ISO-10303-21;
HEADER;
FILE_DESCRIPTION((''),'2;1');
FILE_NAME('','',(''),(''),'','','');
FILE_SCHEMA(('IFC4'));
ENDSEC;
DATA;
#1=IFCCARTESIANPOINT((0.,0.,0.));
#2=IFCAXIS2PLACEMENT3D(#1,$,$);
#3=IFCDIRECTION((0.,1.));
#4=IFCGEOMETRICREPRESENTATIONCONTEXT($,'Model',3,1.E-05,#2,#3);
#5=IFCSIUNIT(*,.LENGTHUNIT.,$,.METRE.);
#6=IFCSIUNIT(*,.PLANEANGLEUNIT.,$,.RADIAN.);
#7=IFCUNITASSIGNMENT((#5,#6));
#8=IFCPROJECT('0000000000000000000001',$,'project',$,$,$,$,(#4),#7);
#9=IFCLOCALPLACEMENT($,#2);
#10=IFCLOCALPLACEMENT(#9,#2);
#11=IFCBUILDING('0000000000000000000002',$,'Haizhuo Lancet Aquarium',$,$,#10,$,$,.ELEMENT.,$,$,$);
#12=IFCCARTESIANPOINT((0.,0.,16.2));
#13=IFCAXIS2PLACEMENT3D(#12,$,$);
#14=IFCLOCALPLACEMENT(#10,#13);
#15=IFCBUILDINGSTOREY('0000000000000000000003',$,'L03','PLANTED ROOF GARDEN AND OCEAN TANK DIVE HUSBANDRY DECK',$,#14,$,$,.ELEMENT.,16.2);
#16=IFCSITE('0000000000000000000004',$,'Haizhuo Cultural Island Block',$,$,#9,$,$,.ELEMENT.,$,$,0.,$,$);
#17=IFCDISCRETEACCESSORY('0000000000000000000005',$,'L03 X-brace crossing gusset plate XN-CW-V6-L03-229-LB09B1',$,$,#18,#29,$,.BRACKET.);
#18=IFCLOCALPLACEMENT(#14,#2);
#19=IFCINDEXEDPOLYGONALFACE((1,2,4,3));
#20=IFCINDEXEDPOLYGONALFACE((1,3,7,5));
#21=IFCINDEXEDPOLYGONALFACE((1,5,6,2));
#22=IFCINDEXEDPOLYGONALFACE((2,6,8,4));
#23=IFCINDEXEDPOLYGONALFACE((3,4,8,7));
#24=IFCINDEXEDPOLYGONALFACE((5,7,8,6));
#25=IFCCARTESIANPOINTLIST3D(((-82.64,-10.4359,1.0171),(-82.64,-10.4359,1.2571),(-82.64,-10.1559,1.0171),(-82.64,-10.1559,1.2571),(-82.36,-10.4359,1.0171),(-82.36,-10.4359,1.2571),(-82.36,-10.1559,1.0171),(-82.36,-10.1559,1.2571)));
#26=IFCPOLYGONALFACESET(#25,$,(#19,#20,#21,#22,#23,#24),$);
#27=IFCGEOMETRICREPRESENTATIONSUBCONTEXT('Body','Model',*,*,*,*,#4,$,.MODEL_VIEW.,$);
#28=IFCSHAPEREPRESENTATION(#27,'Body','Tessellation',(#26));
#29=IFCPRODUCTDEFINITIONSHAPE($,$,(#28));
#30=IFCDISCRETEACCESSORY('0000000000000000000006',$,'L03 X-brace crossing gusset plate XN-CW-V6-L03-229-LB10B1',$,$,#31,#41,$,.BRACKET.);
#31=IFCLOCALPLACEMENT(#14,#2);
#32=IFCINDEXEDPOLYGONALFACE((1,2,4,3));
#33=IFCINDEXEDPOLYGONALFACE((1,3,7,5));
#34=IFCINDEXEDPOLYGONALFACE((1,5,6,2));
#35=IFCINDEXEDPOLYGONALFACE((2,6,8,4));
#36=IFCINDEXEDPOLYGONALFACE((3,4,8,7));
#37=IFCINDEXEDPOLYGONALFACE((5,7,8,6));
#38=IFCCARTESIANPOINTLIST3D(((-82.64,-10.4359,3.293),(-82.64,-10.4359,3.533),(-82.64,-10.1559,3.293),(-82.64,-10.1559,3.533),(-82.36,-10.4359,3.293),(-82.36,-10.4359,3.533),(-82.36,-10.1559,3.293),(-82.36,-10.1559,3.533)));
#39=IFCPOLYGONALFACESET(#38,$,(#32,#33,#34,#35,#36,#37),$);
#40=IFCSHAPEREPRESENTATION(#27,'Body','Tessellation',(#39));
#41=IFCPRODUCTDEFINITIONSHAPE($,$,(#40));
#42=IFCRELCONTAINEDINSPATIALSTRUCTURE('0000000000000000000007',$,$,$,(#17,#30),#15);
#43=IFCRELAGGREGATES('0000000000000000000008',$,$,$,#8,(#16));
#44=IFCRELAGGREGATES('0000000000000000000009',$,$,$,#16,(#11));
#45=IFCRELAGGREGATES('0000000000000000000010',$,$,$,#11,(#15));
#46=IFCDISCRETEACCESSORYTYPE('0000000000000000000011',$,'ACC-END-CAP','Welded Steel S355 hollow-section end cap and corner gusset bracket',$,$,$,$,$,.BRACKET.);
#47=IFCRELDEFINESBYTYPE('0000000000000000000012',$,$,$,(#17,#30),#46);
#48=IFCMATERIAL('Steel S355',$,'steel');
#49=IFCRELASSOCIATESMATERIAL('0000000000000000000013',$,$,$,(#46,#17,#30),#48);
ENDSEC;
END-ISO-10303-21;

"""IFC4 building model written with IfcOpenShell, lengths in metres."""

from ifc_helpers import new_model, si_unit, direction, frame, origin, origin_2d, place, context, subcontext, project, spatial, rectangle, extrude, material, type_object, element, save


model = new_model("IFC4")

# Units and contexts
model_context = context("Model", 3, precision=1e-05, world=origin(), true_north=direction((0.0, 1.0)))
body_context = subcontext(model_context, "Body", "Model", "MODEL_VIEW")
ifc_project = project(units=[si_unit("LENGTHUNIT", "METRE"), si_unit("PLANEANGLEUNIT", "RADIAN")], contexts=[model_context])

# Site, building, storey
site_placement = place(None, origin())
site = spatial("IfcSite", under=ifc_project, at=site_placement, Name="Haizhuo Cultural Island Block", CompositionType="ELEMENT", RefElevation=0.0)
building_placement = place(site_placement, origin())
building = spatial("IfcBuilding", under=site, at=building_placement, Name="Haizhuo Lancet Aquarium", CompositionType="ELEMENT")
storey_placement = place(building_placement, frame((0.0, 0.0, 16.2)))
storey = spatial("IfcBuildingStorey", under=building, at=storey_placement, Name="L03", Description="PLANTED ROOF GARDEN AND OCEAN TANK DIVE HUSBANDRY DECK", CompositionType="ELEMENT", Elevation=16.2)

# Shared definitions
ifc_material_1 = material(Name="Steel S355", Category="steel")

# Discrete accessories
discrete_accessory_type = type_object("IfcDiscreteAccessoryType", Name="ACC-END-CAP", Description="Welded Steel S355 hollow-section end cap and corner gusset bracket", PredefinedType="BRACKET", material=ifc_material_1)
for number, where, z_axis, x_axis, name in (
    (1, (-82.5, -10.2959, 1.0171), (0.0, 0.0, 1.0), (1.0, 0.0, 0.0), "L03 X-brace crossing gusset plate XN-CW-V6-L03-229-LB09B1"),
    (2, (-82.5, -10.2959, 3.293), (0.0, 0.0, 1.0), (1.0, 0.0, 0.0), "L03 X-brace crossing gusset plate XN-CW-V6-L03-229-LB10B1"),
):
    element("IfcDiscreteAccessory", number, at=place(storey_placement, frame(where, z_axis=z_axis, x_axis=x_axis)), inside=storey, type_object=discrete_accessory_type, material=ifc_material_1, Name=name, PredefinedType="BRACKET", context=body_context, shape_type="SweptSolid", body=[
        extrude(rectangle(XDim=0.28, YDim=0.28, at=origin_2d()), origin(), (0.0, 0.0, 1.0), 0.24),
    ])

save(model, "model.ifc")
